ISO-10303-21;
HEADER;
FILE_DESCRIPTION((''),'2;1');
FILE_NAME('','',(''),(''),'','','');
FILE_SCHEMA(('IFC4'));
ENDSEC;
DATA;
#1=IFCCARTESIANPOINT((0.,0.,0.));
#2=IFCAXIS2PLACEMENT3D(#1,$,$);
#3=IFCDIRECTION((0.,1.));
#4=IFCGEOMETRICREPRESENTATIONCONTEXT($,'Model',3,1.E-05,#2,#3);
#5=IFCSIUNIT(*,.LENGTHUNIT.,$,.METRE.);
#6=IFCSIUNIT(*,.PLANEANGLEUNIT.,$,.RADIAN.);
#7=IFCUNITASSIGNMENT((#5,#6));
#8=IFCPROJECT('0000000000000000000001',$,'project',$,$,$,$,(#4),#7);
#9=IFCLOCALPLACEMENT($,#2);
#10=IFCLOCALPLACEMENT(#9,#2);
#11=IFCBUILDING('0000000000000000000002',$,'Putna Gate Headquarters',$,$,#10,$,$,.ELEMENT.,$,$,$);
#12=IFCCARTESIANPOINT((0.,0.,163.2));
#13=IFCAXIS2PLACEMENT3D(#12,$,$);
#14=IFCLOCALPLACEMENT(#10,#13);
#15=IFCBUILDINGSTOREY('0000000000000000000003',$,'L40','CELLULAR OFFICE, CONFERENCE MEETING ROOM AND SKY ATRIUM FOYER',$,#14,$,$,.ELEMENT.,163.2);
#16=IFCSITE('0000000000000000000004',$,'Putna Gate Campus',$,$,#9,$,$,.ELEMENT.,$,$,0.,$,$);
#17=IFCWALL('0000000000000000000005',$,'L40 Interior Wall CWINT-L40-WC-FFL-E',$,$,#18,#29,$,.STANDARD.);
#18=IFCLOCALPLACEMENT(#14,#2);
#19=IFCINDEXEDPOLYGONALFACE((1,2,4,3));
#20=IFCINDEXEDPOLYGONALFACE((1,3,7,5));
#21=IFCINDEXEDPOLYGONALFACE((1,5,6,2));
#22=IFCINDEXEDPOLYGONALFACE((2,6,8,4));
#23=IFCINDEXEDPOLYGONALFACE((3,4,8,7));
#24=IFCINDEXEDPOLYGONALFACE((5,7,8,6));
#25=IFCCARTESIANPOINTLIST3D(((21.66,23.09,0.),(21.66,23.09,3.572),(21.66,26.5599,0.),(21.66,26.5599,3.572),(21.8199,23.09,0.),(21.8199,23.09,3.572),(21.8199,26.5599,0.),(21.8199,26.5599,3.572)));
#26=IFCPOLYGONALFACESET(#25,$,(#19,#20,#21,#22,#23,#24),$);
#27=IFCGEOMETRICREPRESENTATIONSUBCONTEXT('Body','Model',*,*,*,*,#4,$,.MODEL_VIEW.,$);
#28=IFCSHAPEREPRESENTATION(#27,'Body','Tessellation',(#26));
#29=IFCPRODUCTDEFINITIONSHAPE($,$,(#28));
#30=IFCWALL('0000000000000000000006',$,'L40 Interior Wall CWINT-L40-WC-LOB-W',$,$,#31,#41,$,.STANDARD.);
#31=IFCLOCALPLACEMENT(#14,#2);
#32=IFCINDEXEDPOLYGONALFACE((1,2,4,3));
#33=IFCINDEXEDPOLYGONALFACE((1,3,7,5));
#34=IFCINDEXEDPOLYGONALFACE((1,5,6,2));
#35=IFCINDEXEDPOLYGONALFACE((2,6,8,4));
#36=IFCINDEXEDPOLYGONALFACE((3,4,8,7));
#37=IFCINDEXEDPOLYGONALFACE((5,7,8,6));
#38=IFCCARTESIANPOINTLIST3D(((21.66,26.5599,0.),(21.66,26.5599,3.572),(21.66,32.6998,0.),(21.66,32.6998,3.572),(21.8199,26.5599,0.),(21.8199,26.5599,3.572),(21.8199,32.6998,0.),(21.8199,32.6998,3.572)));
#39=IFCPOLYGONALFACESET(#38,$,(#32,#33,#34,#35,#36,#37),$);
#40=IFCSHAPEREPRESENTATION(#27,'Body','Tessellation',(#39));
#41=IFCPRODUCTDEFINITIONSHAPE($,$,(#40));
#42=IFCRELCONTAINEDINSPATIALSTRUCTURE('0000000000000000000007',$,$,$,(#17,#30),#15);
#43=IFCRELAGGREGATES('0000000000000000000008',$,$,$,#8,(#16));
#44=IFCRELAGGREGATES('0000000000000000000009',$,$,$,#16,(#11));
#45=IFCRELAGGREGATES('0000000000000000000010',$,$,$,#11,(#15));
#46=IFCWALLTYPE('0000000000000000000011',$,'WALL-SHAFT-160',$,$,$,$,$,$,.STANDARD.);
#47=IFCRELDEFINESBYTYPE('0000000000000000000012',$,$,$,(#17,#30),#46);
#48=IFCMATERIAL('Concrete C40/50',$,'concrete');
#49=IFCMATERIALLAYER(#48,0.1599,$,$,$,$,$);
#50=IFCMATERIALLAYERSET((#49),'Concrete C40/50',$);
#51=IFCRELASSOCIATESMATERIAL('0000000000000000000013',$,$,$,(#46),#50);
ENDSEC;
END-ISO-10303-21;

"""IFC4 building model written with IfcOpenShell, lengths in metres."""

from ifc_helpers import new_model, si_unit, direction, frame, frame_2d, origin, place, context, subcontext, project, spatial, rectangle, extrude, material, layer, layer_set, type_object, element, save


model = new_model("IFC4")

# Units and contexts
model_context = context("Model", 3, precision=1e-05, world=origin(), true_north=direction((0.0, 1.0)))
body_context = subcontext(model_context, "Body", "Model", "MODEL_VIEW")
ifc_project = project(units=[si_unit("LENGTHUNIT", "METRE"), si_unit("PLANEANGLEUNIT", "RADIAN")], contexts=[model_context])

# Site, building, storey
site_placement = place(None, origin())
site = spatial("IfcSite", under=ifc_project, at=site_placement, Name="Putna Gate Campus", CompositionType="ELEMENT", RefElevation=0.0)
building_placement = place(site_placement, origin())
building = spatial("IfcBuilding", under=site, at=building_placement, Name="Putna Gate Headquarters", CompositionType="ELEMENT")
storey_placement = place(building_placement, frame((0.0, 0.0, 163.2)))
storey = spatial("IfcBuildingStorey", under=building, at=storey_placement, Name="L40", Description="CELLULAR OFFICE, CONFERENCE MEETING ROOM AND SKY ATRIUM FOYER", CompositionType="ELEMENT", Elevation=163.2)

# Walls
ifc_material_1 = material(Name="Concrete C40/50", Category="concrete")
ifc_layer_1 = layer(ifc_material_1, 0.1599)
ifc_layer_set_1 = layer_set([ifc_layer_1], Name="Concrete C40/50")
wall_type_1 = type_object("IfcWallType", Name="WALL-SHAFT-160", PredefinedType="STANDARD", material=ifc_layer_set_1)
wall_1_placement = place(storey_placement, frame((21.74, 23.0901, 0.0), z_axis=(0.0, 0.0, 1.0), x_axis=(0.0, 1.0, 0.0)))
element("IfcWall", 1, at=wall_1_placement, inside=storey, type_object=wall_type_1, Name="L40 Interior Wall CWINT-L40-WC-FFL-E", PredefinedType="STANDARD", context=body_context, shape_type="SweptSolid", body=[
    extrude(rectangle(XDim=3.47, YDim=0.1599, at=frame_2d((1.7349, 0.0))), origin(), (0.0, 0.0, 1.0), 3.572),
])
wall_2_placement = place(storey_placement, frame((21.74, 26.5601, 0.0), z_axis=(0.0, 0.0, 1.0), x_axis=(0.0, 1.0, 0.0)))
element("IfcWall", 2, at=wall_2_placement, inside=storey, type_object=wall_type_1, Name="L40 Interior Wall CWINT-L40-WC-LOB-W", PredefinedType="STANDARD", context=body_context, shape_type="SweptSolid", body=[
    extrude(rectangle(XDim=6.1399, YDim=0.1599, at=frame_2d((3.0698, 0.0))), origin(), (0.0, 0.0, 1.0), 3.572),
])

save(model, "model.ifc")
